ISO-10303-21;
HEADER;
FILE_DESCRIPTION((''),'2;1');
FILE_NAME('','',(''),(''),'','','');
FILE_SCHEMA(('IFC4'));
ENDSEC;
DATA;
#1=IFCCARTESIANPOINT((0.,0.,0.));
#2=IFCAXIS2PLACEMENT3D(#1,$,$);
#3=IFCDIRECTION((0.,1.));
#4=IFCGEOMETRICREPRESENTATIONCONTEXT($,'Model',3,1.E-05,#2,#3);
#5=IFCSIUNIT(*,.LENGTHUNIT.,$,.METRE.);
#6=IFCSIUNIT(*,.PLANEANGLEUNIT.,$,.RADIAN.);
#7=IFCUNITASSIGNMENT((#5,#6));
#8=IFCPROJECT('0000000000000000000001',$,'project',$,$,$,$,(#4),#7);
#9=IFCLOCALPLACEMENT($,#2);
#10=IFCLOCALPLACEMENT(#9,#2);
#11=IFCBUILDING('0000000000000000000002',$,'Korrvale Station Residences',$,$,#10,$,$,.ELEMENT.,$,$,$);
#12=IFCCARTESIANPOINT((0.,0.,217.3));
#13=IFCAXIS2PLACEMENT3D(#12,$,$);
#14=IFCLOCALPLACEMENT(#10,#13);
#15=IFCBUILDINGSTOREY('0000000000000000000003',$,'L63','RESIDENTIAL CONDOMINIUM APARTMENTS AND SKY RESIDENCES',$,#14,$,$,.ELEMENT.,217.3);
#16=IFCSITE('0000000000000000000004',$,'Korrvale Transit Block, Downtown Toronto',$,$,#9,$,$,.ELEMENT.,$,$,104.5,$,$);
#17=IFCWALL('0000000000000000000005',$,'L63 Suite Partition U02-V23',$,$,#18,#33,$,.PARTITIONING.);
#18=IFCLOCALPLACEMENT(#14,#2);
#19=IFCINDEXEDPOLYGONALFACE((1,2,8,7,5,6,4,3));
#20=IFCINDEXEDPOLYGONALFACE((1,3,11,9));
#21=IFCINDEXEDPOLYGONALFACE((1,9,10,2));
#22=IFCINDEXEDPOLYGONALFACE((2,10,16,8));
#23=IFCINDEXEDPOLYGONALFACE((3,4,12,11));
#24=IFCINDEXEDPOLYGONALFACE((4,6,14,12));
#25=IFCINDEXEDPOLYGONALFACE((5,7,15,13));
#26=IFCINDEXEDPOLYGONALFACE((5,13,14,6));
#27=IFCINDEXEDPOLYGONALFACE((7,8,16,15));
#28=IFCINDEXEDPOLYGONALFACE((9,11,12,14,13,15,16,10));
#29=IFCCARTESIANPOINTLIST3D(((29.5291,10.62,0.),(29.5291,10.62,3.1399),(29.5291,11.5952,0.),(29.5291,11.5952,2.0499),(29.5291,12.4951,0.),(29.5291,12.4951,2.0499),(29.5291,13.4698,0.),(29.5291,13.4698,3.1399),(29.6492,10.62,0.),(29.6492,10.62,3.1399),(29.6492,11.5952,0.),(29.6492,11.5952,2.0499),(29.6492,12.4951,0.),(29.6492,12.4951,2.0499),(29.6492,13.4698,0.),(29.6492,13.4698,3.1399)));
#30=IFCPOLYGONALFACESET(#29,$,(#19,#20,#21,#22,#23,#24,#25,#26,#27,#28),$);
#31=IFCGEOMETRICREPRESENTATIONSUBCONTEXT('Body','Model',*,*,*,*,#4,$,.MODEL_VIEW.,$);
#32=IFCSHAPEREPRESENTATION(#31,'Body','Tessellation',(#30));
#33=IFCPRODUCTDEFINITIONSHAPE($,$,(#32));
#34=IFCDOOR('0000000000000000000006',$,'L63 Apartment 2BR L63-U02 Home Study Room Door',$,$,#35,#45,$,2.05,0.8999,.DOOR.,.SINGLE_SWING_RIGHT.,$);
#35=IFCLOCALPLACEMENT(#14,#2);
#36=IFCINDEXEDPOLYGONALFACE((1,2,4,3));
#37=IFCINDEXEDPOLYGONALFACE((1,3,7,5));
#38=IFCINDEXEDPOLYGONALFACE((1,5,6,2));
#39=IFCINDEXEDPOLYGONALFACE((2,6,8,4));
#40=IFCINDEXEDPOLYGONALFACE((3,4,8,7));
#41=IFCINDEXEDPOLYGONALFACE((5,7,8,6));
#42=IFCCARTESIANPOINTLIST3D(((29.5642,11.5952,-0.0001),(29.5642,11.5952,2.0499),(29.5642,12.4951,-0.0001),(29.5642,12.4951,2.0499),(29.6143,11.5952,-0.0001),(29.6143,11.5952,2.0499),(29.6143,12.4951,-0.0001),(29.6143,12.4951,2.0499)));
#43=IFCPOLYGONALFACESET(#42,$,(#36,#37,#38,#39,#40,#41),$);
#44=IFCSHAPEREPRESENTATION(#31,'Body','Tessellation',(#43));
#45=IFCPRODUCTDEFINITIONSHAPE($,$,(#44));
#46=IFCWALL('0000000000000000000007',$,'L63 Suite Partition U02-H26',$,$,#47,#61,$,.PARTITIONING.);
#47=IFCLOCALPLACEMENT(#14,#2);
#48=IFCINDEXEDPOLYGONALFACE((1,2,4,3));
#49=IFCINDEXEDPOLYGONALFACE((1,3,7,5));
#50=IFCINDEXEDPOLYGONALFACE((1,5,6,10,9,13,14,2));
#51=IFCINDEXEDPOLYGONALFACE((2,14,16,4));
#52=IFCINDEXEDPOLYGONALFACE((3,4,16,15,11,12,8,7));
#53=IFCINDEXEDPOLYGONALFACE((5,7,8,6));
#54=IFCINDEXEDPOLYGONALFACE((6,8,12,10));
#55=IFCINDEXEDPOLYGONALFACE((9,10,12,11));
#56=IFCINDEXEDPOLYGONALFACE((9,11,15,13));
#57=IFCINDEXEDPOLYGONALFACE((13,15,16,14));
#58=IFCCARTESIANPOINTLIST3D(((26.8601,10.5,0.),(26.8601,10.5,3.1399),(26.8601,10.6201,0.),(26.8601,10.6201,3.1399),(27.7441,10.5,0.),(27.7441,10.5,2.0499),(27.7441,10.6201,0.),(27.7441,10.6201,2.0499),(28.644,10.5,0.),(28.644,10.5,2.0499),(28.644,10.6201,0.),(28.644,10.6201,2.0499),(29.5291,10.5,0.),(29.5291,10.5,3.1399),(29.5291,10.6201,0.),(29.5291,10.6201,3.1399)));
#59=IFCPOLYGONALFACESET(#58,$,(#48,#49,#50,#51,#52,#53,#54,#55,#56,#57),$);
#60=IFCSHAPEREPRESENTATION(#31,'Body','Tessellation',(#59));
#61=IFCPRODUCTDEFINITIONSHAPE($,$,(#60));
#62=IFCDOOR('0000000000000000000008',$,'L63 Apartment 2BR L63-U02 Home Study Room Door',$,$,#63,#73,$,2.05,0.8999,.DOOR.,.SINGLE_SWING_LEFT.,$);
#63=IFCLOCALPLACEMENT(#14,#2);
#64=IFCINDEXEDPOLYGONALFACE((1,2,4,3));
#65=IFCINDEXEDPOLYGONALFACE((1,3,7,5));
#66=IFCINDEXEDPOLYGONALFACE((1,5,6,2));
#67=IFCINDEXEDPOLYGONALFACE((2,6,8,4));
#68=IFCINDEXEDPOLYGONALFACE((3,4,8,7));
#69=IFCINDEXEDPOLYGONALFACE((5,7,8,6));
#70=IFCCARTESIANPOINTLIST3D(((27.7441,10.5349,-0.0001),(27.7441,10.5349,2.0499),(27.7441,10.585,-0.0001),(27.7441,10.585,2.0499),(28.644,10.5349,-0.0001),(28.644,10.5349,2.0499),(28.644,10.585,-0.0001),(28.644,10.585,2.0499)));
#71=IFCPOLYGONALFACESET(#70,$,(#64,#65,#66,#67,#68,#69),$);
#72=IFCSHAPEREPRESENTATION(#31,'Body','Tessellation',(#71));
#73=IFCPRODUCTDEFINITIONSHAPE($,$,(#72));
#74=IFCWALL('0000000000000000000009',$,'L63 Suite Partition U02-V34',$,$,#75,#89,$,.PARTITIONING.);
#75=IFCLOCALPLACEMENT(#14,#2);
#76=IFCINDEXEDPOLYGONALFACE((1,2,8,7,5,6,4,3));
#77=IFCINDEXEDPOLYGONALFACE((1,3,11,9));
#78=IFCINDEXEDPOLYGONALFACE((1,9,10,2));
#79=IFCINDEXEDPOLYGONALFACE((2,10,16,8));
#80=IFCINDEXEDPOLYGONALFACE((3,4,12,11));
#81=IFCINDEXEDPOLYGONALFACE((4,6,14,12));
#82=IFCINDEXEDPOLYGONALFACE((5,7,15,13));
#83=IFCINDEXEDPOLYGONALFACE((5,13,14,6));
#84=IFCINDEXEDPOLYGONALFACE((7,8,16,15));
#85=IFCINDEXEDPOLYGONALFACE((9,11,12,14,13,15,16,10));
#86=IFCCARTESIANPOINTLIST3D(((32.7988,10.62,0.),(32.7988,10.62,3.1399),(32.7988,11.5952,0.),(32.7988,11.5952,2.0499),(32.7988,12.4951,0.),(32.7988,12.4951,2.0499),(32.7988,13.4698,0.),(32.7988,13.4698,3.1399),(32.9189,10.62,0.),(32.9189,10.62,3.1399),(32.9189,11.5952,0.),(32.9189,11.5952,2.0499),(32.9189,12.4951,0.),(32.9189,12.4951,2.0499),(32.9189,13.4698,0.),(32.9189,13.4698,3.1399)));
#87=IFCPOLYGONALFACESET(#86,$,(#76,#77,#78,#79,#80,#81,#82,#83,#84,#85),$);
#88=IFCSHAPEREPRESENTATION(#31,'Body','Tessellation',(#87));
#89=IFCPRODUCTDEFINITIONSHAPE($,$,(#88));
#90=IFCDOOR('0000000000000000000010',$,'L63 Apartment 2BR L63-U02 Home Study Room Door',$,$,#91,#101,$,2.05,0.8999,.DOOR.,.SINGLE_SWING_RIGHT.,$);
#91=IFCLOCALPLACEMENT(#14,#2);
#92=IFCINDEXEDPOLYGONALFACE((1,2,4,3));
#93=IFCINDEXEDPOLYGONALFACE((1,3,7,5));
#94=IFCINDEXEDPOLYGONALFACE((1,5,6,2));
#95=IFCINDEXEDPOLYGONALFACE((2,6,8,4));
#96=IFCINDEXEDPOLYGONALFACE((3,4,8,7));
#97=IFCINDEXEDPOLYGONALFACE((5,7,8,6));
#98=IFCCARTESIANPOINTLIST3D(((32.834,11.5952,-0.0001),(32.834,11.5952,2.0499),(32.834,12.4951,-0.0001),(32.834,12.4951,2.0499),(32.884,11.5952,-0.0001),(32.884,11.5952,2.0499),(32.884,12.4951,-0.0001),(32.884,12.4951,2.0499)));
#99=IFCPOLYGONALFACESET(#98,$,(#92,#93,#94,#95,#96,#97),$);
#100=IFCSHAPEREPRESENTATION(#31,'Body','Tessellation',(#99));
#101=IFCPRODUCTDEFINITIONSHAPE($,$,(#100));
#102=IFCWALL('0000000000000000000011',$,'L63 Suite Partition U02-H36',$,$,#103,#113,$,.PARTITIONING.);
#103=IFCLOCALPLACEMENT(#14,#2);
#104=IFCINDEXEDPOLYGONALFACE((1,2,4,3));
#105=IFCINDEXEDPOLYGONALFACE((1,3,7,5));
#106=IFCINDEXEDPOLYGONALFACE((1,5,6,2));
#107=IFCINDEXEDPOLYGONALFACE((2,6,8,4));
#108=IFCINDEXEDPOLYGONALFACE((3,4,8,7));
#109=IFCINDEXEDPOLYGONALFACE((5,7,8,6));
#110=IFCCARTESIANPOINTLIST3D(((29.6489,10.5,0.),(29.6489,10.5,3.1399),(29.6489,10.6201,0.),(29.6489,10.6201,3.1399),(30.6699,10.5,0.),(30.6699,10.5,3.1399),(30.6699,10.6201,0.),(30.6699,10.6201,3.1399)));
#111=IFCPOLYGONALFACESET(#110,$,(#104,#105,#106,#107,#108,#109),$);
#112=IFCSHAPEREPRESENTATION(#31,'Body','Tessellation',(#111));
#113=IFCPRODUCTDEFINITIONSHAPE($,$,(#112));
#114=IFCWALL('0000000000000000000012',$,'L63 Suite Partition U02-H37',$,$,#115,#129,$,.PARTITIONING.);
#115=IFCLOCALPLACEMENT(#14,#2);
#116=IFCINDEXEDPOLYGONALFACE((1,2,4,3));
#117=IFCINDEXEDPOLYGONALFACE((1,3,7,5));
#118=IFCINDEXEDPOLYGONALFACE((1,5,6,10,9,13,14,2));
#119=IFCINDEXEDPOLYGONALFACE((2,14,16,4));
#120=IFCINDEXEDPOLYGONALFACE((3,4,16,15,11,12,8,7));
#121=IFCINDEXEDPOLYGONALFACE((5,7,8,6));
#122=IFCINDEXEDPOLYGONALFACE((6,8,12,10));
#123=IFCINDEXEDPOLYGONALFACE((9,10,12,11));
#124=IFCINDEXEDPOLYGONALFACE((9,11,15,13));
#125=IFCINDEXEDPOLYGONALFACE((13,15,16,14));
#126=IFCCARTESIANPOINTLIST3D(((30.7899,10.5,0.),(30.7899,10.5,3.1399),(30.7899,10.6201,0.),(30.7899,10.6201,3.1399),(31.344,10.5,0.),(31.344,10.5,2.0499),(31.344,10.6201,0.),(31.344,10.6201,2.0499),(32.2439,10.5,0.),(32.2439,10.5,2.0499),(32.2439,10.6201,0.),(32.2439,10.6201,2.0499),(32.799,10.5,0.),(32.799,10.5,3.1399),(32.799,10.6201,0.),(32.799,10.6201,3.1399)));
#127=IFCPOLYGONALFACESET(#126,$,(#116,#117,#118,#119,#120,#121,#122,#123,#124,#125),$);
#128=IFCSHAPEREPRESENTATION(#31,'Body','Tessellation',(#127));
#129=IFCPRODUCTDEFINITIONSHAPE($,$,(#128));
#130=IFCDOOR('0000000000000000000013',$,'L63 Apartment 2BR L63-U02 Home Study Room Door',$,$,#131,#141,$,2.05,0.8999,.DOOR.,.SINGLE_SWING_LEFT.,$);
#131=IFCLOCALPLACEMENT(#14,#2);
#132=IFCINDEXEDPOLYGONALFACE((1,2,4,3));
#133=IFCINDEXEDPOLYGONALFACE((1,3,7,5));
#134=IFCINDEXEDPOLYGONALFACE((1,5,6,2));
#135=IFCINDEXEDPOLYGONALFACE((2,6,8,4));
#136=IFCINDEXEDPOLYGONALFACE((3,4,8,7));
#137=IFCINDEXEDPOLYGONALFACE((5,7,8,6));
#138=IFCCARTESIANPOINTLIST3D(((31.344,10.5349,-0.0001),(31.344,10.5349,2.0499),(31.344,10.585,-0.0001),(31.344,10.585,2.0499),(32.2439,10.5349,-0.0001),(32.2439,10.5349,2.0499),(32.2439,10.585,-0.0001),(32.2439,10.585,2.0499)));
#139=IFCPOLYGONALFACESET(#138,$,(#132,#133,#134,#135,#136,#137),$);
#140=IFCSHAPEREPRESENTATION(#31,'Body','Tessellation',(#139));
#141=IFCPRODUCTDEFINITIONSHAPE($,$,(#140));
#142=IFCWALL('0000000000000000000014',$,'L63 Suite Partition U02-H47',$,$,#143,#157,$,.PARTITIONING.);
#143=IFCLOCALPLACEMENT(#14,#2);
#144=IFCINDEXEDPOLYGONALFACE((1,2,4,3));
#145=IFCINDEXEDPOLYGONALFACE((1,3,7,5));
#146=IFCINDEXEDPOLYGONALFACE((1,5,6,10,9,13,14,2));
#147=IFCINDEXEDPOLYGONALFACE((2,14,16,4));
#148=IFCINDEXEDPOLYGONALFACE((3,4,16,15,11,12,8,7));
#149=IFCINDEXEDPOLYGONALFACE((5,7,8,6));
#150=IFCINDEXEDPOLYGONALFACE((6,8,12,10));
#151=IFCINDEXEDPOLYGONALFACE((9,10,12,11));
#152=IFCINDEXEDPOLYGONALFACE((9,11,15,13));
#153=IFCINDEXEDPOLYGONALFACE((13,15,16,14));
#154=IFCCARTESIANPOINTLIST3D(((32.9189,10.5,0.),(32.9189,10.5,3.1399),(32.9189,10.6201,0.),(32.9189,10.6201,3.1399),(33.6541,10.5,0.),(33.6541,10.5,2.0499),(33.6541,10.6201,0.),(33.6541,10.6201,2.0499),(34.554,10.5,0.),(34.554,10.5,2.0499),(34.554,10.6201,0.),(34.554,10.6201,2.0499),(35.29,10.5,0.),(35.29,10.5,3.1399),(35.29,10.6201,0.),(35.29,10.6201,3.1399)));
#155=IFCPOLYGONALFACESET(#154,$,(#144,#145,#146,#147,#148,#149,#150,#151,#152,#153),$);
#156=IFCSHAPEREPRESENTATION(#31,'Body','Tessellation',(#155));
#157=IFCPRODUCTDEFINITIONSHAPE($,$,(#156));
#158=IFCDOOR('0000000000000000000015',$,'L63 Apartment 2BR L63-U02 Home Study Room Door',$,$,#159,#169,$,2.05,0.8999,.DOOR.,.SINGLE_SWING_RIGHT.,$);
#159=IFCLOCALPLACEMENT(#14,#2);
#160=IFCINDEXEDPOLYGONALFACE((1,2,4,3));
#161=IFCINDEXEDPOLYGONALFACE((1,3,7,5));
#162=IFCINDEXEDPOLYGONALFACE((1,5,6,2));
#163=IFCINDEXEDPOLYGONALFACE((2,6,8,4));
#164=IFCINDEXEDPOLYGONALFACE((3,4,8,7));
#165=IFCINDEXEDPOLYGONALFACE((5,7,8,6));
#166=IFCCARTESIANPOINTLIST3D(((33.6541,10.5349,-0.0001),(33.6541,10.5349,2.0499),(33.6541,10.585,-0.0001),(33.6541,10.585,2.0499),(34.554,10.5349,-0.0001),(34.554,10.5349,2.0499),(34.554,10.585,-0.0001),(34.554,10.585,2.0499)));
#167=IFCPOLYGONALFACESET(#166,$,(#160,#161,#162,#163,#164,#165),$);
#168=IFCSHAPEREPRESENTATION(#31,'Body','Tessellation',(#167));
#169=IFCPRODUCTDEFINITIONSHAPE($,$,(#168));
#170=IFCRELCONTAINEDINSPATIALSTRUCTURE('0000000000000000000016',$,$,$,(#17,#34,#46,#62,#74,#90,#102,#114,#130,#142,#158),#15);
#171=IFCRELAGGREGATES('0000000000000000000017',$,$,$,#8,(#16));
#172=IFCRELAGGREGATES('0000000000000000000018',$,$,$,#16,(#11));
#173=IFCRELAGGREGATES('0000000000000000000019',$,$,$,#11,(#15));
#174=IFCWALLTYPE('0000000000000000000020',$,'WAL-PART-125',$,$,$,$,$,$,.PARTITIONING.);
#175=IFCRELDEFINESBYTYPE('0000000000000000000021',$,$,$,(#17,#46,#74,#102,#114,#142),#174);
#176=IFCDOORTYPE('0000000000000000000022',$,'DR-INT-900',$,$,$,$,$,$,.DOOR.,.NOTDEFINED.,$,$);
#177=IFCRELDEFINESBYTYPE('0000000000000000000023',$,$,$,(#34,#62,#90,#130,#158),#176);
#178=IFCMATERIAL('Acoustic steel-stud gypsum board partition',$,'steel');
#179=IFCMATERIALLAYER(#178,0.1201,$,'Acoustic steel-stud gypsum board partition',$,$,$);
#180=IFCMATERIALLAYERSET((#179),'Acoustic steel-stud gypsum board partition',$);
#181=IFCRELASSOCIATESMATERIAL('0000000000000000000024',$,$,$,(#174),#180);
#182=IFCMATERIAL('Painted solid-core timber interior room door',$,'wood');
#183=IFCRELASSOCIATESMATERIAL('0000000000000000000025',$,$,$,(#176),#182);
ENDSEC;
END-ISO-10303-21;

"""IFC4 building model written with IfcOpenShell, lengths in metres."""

from ifc_helpers import new_model, si_unit, direction, frame, frame_2d, origin, place, context, subcontext, project, spatial, rectangle, extrude, material, layer, layer_set, type_object, element, fill, save


model = new_model("IFC4")

# Units and contexts
model_context = context("Model", 3, precision=1e-05, world=origin(), true_north=direction((0.0, 1.0)))
body_context = subcontext(model_context, "Body", "Model", "MODEL_VIEW")
ifc_project = project(units=[si_unit("LENGTHUNIT", "METRE"), si_unit("PLANEANGLEUNIT", "RADIAN")], contexts=[model_context])

# Site, building, storey
site_placement = place(None, origin())
site = spatial("IfcSite", under=ifc_project, at=site_placement, Name="Korrvale Transit Block, Downtown Toronto", CompositionType="ELEMENT", RefElevation=104.5)
building_placement = place(site_placement, origin())
building = spatial("IfcBuilding", under=site, at=building_placement, Name="Korrvale Station Residences", CompositionType="ELEMENT")
storey_placement = place(building_placement, frame((0.0, 0.0, 217.3)))
storey = spatial("IfcBuildingStorey", under=building, at=storey_placement, Name="L63", Description="RESIDENTIAL CONDOMINIUM APARTMENTS AND SKY RESIDENCES", CompositionType="ELEMENT", Elevation=217.3)

# Walls, openings, doors
ifc_material_1 = material(Name="Acoustic steel-stud gypsum board partition", Category="steel")
ifc_layer_1 = layer(ifc_material_1, 0.1201, Name="Acoustic steel-stud gypsum board partition")
ifc_layer_set_1 = layer_set([ifc_layer_1], Name="Acoustic steel-stud gypsum board partition")
wall_type = type_object("IfcWallType", Name="WAL-PART-125", PredefinedType="PARTITIONING", material=ifc_layer_set_1)
ifc_material_2 = material(Name="Painted solid-core timber interior room door", Category="wood")
door_type = type_object("IfcDoorType", Name="DR-INT-900", OperationType="NOTDEFINED", PredefinedType="DOOR", material=ifc_material_2)
wall_1_placement = place(storey_placement, frame((29.5891, 10.6201, 0.0), z_axis=(0.0, 0.0, 1.0), x_axis=(0.0, 1.0, 0.0)))
wall_1 = element("IfcWall", 1, at=wall_1_placement, inside=storey, type_object=wall_type, Name="L63 Suite Partition U02-V23", PredefinedType="PARTITIONING", context=body_context, shape_type="SweptSolid", body=[
    extrude(rectangle(XDim=2.8499, YDim=0.1201, at=frame_2d((1.4248, 0.0))), origin(), (0.0, 0.0, 1.0), 3.1399),
])
opening_1_placement = place(wall_1_placement, frame((0.9751, 0.0, 0.0)))
opening_1 = element("IfcOpeningElement", 2, at=opening_1_placement, cuts=wall_1, PredefinedType="OPENING", context=body_context, shape_type="SweptSolid", body=[
    extrude(rectangle(XDim=0.8999, YDim=2.05, at=frame_2d((0.45, 1.0249))), frame((0.0, 0.0701, 0.0), z_axis=(0.0, -1.0, 0.0), x_axis=(1.0, 0.0, 0.0)), (0.0, 0.0, 1.0), 0.1401),
])
door_1_placement = place(opening_1_placement, origin())
door_1 = element("IfcDoor", 3, at=door_1_placement, inside=storey, type_object=door_type, Name="L63 Apartment 2BR L63-U02 Home Study Room Door", OperationType="SINGLE_SWING_RIGHT", OverallHeight=2.05, OverallWidth=0.8999, PredefinedType="DOOR", context=body_context, shape_type="SweptSolid", body=[
    extrude(rectangle(XDim=0.8999, YDim=2.05, at=frame_2d((0.45, 1.0249))), frame((0.0, 0.0249, 0.0), z_axis=(0.0, -1.0, 0.0), x_axis=(1.0, 0.0, 0.0)), (0.0, 0.0, 1.0), 0.05),
])
fill(opening_1, door_1)
wall_2_placement = place(storey_placement, frame((26.8601, 10.5601, 0.0), z_axis=(0.0, 0.0, 1.0), x_axis=(1.0, 0.0, 0.0)))
wall_2 = element("IfcWall", 4, at=wall_2_placement, inside=storey, type_object=wall_type, Name="L63 Suite Partition U02-H26", PredefinedType="PARTITIONING", context=body_context, shape_type="SweptSolid", body=[
    extrude(rectangle(XDim=2.6689, YDim=0.1201, at=frame_2d((1.3345, 0.0))), origin(), (0.0, 0.0, 1.0), 3.1399),
])
opening_2_placement = place(wall_2_placement, frame((0.884, 0.0, 0.0)))
opening_2 = element("IfcOpeningElement", 5, at=opening_2_placement, cuts=wall_2, PredefinedType="OPENING", context=body_context, shape_type="SweptSolid", body=[
    extrude(rectangle(XDim=0.8999, YDim=2.05, at=frame_2d((0.45, 1.0249))), frame((0.0, 0.0701, 0.0), z_axis=(0.0, -1.0, 0.0), x_axis=(1.0, 0.0, 0.0)), (0.0, 0.0, 1.0), 0.1401),
])
door_2_placement = place(opening_2_placement, origin())
door_2 = element("IfcDoor", 6, at=door_2_placement, inside=storey, type_object=door_type, Name="L63 Apartment 2BR L63-U02 Home Study Room Door", OperationType="SINGLE_SWING_LEFT", OverallHeight=2.05, OverallWidth=0.8999, PredefinedType="DOOR", context=body_context, shape_type="SweptSolid", body=[
    extrude(rectangle(XDim=0.8999, YDim=2.05, at=frame_2d((0.45, 1.0249))), frame((0.0, 0.0249, 0.0), z_axis=(0.0, -1.0, 0.0), x_axis=(1.0, 0.0, 0.0)), (0.0, 0.0, 1.0), 0.05),
])
fill(opening_2, door_2)
wall_3_placement = place(storey_placement, frame((32.8589, 10.6201, 0.0), z_axis=(0.0, 0.0, 1.0), x_axis=(0.0, 1.0, 0.0)))
wall_3 = element("IfcWall", 7, at=wall_3_placement, inside=storey, type_object=wall_type, Name="L63 Suite Partition U02-V34", PredefinedType="PARTITIONING", context=body_context, shape_type="SweptSolid", body=[
    extrude(rectangle(XDim=2.8499, YDim=0.1201, at=frame_2d((1.4248, 0.0))), origin(), (0.0, 0.0, 1.0), 3.1399),
])
opening_3_placement = place(wall_3_placement, frame((0.9751, 0.0, 0.0)))
opening_3 = element("IfcOpeningElement", 8, at=opening_3_placement, cuts=wall_3, PredefinedType="OPENING", context=body_context, shape_type="SweptSolid", body=[
    extrude(rectangle(XDim=0.8999, YDim=2.05, at=frame_2d((0.45, 1.0249))), frame((0.0, 0.0701, 0.0), z_axis=(0.0, -1.0, 0.0), x_axis=(1.0, 0.0, 0.0)), (0.0, 0.0, 1.0), 0.1401),
])
door_3_placement = place(opening_3_placement, origin())
door_3 = element("IfcDoor", 9, at=door_3_placement, inside=storey, type_object=door_type, Name="L63 Apartment 2BR L63-U02 Home Study Room Door", OperationType="SINGLE_SWING_RIGHT", OverallHeight=2.05, OverallWidth=0.8999, PredefinedType="DOOR", context=body_context, shape_type="SweptSolid", body=[
    extrude(rectangle(XDim=0.8999, YDim=2.05, at=frame_2d((0.45, 1.0249))), frame((0.0, 0.0249, 0.0), z_axis=(0.0, -1.0, 0.0), x_axis=(1.0, 0.0, 0.0)), (0.0, 0.0, 1.0), 0.05),
])
fill(opening_3, door_3)

# Wall
wall_4_placement = place(storey_placement, frame((29.6489, 10.5601, 0.0), z_axis=(0.0, 0.0, 1.0), x_axis=(1.0, 0.0, 0.0)))
element("IfcWall", 10, at=wall_4_placement, inside=storey, type_object=wall_type, Name="L63 Suite Partition U02-H36", PredefinedType="PARTITIONING", context=body_context, shape_type="SweptSolid", body=[
    extrude(rectangle(XDim=1.021, YDim=0.1201, at=frame_2d((0.5105, 0.0))), origin(), (0.0, 0.0, 1.0), 3.1399),
])

# Walls, openings, doors
wall_5_placement = place(storey_placement, frame((30.79, 10.5601, 0.0), z_axis=(0.0, 0.0, 1.0), x_axis=(1.0, 0.0, 0.0)))
wall_5 = element("IfcWall", 11, at=wall_5_placement, inside=storey, type_object=wall_type, Name="L63 Suite Partition U02-H37", PredefinedType="PARTITIONING", context=body_context, shape_type="SweptSolid", body=[
    extrude(rectangle(XDim=2.009, YDim=0.1201, at=frame_2d((1.0044, 0.0))), origin(), (0.0, 0.0, 1.0), 3.1399),
])
opening_4_placement = place(wall_5_placement, frame((0.554, 0.0, 0.0)))
opening_4 = element("IfcOpeningElement", 12, at=opening_4_placement, cuts=wall_5, PredefinedType="OPENING", context=body_context, shape_type="SweptSolid", body=[
    extrude(rectangle(XDim=0.8999, YDim=2.05, at=frame_2d((0.45, 1.0249))), frame((0.0, 0.0701, 0.0), z_axis=(0.0, -1.0, 0.0), x_axis=(1.0, 0.0, 0.0)), (0.0, 0.0, 1.0), 0.1401),
])
door_4_placement = place(opening_4_placement, origin())
door_4 = element("IfcDoor", 13, at=door_4_placement, inside=storey, type_object=door_type, Name="L63 Apartment 2BR L63-U02 Home Study Room Door", OperationType="SINGLE_SWING_LEFT", OverallHeight=2.05, OverallWidth=0.8999, PredefinedType="DOOR", context=body_context, shape_type="SweptSolid", body=[
    extrude(rectangle(XDim=0.8999, YDim=2.05, at=frame_2d((0.45, 1.0249))), frame((0.0, 0.0249, 0.0), z_axis=(0.0, -1.0, 0.0), x_axis=(1.0, 0.0, 0.0)), (0.0, 0.0, 1.0), 0.05),
])
fill(opening_4, door_4)
wall_6_placement = place(storey_placement, frame((32.9189, 10.5601, 0.0), z_axis=(0.0, 0.0, 1.0), x_axis=(1.0, 0.0, 0.0)))
wall_6 = element("IfcWall", 14, at=wall_6_placement, inside=storey, type_object=wall_type, Name="L63 Suite Partition U02-H47", PredefinedType="PARTITIONING", context=body_context, shape_type="SweptSolid", body=[
    extrude(rectangle(XDim=2.3711, YDim=0.1201, at=frame_2d((1.1855, 0.0))), origin(), (0.0, 0.0, 1.0), 3.1399),
])
opening_5_placement = place(wall_6_placement, frame((0.7351, 0.0, 0.0)))
opening_5 = element("IfcOpeningElement", 15, at=opening_5_placement, cuts=wall_6, PredefinedType="OPENING", context=body_context, shape_type="SweptSolid", body=[
    extrude(rectangle(XDim=0.8999, YDim=2.05, at=frame_2d((0.45, 1.0249))), frame((0.0, 0.0701, 0.0), z_axis=(0.0, -1.0, 0.0), x_axis=(1.0, 0.0, 0.0)), (0.0, 0.0, 1.0), 0.1401),
])
door_5_placement = place(opening_5_placement, origin())
door_5 = element("IfcDoor", 16, at=door_5_placement, inside=storey, type_object=door_type, Name="L63 Apartment 2BR L63-U02 Home Study Room Door", OperationType="SINGLE_SWING_RIGHT", OverallHeight=2.05, OverallWidth=0.8999, PredefinedType="DOOR", context=body_context, shape_type="SweptSolid", body=[
    extrude(rectangle(XDim=0.8999, YDim=2.05, at=frame_2d((0.45, 1.0249))), frame((0.0, 0.0249, 0.0), z_axis=(0.0, -1.0, 0.0), x_axis=(1.0, 0.0, 0.0)), (0.0, 0.0, 1.0), 0.05),
])
fill(opening_5, door_5)

save(model, "model.ifc")
